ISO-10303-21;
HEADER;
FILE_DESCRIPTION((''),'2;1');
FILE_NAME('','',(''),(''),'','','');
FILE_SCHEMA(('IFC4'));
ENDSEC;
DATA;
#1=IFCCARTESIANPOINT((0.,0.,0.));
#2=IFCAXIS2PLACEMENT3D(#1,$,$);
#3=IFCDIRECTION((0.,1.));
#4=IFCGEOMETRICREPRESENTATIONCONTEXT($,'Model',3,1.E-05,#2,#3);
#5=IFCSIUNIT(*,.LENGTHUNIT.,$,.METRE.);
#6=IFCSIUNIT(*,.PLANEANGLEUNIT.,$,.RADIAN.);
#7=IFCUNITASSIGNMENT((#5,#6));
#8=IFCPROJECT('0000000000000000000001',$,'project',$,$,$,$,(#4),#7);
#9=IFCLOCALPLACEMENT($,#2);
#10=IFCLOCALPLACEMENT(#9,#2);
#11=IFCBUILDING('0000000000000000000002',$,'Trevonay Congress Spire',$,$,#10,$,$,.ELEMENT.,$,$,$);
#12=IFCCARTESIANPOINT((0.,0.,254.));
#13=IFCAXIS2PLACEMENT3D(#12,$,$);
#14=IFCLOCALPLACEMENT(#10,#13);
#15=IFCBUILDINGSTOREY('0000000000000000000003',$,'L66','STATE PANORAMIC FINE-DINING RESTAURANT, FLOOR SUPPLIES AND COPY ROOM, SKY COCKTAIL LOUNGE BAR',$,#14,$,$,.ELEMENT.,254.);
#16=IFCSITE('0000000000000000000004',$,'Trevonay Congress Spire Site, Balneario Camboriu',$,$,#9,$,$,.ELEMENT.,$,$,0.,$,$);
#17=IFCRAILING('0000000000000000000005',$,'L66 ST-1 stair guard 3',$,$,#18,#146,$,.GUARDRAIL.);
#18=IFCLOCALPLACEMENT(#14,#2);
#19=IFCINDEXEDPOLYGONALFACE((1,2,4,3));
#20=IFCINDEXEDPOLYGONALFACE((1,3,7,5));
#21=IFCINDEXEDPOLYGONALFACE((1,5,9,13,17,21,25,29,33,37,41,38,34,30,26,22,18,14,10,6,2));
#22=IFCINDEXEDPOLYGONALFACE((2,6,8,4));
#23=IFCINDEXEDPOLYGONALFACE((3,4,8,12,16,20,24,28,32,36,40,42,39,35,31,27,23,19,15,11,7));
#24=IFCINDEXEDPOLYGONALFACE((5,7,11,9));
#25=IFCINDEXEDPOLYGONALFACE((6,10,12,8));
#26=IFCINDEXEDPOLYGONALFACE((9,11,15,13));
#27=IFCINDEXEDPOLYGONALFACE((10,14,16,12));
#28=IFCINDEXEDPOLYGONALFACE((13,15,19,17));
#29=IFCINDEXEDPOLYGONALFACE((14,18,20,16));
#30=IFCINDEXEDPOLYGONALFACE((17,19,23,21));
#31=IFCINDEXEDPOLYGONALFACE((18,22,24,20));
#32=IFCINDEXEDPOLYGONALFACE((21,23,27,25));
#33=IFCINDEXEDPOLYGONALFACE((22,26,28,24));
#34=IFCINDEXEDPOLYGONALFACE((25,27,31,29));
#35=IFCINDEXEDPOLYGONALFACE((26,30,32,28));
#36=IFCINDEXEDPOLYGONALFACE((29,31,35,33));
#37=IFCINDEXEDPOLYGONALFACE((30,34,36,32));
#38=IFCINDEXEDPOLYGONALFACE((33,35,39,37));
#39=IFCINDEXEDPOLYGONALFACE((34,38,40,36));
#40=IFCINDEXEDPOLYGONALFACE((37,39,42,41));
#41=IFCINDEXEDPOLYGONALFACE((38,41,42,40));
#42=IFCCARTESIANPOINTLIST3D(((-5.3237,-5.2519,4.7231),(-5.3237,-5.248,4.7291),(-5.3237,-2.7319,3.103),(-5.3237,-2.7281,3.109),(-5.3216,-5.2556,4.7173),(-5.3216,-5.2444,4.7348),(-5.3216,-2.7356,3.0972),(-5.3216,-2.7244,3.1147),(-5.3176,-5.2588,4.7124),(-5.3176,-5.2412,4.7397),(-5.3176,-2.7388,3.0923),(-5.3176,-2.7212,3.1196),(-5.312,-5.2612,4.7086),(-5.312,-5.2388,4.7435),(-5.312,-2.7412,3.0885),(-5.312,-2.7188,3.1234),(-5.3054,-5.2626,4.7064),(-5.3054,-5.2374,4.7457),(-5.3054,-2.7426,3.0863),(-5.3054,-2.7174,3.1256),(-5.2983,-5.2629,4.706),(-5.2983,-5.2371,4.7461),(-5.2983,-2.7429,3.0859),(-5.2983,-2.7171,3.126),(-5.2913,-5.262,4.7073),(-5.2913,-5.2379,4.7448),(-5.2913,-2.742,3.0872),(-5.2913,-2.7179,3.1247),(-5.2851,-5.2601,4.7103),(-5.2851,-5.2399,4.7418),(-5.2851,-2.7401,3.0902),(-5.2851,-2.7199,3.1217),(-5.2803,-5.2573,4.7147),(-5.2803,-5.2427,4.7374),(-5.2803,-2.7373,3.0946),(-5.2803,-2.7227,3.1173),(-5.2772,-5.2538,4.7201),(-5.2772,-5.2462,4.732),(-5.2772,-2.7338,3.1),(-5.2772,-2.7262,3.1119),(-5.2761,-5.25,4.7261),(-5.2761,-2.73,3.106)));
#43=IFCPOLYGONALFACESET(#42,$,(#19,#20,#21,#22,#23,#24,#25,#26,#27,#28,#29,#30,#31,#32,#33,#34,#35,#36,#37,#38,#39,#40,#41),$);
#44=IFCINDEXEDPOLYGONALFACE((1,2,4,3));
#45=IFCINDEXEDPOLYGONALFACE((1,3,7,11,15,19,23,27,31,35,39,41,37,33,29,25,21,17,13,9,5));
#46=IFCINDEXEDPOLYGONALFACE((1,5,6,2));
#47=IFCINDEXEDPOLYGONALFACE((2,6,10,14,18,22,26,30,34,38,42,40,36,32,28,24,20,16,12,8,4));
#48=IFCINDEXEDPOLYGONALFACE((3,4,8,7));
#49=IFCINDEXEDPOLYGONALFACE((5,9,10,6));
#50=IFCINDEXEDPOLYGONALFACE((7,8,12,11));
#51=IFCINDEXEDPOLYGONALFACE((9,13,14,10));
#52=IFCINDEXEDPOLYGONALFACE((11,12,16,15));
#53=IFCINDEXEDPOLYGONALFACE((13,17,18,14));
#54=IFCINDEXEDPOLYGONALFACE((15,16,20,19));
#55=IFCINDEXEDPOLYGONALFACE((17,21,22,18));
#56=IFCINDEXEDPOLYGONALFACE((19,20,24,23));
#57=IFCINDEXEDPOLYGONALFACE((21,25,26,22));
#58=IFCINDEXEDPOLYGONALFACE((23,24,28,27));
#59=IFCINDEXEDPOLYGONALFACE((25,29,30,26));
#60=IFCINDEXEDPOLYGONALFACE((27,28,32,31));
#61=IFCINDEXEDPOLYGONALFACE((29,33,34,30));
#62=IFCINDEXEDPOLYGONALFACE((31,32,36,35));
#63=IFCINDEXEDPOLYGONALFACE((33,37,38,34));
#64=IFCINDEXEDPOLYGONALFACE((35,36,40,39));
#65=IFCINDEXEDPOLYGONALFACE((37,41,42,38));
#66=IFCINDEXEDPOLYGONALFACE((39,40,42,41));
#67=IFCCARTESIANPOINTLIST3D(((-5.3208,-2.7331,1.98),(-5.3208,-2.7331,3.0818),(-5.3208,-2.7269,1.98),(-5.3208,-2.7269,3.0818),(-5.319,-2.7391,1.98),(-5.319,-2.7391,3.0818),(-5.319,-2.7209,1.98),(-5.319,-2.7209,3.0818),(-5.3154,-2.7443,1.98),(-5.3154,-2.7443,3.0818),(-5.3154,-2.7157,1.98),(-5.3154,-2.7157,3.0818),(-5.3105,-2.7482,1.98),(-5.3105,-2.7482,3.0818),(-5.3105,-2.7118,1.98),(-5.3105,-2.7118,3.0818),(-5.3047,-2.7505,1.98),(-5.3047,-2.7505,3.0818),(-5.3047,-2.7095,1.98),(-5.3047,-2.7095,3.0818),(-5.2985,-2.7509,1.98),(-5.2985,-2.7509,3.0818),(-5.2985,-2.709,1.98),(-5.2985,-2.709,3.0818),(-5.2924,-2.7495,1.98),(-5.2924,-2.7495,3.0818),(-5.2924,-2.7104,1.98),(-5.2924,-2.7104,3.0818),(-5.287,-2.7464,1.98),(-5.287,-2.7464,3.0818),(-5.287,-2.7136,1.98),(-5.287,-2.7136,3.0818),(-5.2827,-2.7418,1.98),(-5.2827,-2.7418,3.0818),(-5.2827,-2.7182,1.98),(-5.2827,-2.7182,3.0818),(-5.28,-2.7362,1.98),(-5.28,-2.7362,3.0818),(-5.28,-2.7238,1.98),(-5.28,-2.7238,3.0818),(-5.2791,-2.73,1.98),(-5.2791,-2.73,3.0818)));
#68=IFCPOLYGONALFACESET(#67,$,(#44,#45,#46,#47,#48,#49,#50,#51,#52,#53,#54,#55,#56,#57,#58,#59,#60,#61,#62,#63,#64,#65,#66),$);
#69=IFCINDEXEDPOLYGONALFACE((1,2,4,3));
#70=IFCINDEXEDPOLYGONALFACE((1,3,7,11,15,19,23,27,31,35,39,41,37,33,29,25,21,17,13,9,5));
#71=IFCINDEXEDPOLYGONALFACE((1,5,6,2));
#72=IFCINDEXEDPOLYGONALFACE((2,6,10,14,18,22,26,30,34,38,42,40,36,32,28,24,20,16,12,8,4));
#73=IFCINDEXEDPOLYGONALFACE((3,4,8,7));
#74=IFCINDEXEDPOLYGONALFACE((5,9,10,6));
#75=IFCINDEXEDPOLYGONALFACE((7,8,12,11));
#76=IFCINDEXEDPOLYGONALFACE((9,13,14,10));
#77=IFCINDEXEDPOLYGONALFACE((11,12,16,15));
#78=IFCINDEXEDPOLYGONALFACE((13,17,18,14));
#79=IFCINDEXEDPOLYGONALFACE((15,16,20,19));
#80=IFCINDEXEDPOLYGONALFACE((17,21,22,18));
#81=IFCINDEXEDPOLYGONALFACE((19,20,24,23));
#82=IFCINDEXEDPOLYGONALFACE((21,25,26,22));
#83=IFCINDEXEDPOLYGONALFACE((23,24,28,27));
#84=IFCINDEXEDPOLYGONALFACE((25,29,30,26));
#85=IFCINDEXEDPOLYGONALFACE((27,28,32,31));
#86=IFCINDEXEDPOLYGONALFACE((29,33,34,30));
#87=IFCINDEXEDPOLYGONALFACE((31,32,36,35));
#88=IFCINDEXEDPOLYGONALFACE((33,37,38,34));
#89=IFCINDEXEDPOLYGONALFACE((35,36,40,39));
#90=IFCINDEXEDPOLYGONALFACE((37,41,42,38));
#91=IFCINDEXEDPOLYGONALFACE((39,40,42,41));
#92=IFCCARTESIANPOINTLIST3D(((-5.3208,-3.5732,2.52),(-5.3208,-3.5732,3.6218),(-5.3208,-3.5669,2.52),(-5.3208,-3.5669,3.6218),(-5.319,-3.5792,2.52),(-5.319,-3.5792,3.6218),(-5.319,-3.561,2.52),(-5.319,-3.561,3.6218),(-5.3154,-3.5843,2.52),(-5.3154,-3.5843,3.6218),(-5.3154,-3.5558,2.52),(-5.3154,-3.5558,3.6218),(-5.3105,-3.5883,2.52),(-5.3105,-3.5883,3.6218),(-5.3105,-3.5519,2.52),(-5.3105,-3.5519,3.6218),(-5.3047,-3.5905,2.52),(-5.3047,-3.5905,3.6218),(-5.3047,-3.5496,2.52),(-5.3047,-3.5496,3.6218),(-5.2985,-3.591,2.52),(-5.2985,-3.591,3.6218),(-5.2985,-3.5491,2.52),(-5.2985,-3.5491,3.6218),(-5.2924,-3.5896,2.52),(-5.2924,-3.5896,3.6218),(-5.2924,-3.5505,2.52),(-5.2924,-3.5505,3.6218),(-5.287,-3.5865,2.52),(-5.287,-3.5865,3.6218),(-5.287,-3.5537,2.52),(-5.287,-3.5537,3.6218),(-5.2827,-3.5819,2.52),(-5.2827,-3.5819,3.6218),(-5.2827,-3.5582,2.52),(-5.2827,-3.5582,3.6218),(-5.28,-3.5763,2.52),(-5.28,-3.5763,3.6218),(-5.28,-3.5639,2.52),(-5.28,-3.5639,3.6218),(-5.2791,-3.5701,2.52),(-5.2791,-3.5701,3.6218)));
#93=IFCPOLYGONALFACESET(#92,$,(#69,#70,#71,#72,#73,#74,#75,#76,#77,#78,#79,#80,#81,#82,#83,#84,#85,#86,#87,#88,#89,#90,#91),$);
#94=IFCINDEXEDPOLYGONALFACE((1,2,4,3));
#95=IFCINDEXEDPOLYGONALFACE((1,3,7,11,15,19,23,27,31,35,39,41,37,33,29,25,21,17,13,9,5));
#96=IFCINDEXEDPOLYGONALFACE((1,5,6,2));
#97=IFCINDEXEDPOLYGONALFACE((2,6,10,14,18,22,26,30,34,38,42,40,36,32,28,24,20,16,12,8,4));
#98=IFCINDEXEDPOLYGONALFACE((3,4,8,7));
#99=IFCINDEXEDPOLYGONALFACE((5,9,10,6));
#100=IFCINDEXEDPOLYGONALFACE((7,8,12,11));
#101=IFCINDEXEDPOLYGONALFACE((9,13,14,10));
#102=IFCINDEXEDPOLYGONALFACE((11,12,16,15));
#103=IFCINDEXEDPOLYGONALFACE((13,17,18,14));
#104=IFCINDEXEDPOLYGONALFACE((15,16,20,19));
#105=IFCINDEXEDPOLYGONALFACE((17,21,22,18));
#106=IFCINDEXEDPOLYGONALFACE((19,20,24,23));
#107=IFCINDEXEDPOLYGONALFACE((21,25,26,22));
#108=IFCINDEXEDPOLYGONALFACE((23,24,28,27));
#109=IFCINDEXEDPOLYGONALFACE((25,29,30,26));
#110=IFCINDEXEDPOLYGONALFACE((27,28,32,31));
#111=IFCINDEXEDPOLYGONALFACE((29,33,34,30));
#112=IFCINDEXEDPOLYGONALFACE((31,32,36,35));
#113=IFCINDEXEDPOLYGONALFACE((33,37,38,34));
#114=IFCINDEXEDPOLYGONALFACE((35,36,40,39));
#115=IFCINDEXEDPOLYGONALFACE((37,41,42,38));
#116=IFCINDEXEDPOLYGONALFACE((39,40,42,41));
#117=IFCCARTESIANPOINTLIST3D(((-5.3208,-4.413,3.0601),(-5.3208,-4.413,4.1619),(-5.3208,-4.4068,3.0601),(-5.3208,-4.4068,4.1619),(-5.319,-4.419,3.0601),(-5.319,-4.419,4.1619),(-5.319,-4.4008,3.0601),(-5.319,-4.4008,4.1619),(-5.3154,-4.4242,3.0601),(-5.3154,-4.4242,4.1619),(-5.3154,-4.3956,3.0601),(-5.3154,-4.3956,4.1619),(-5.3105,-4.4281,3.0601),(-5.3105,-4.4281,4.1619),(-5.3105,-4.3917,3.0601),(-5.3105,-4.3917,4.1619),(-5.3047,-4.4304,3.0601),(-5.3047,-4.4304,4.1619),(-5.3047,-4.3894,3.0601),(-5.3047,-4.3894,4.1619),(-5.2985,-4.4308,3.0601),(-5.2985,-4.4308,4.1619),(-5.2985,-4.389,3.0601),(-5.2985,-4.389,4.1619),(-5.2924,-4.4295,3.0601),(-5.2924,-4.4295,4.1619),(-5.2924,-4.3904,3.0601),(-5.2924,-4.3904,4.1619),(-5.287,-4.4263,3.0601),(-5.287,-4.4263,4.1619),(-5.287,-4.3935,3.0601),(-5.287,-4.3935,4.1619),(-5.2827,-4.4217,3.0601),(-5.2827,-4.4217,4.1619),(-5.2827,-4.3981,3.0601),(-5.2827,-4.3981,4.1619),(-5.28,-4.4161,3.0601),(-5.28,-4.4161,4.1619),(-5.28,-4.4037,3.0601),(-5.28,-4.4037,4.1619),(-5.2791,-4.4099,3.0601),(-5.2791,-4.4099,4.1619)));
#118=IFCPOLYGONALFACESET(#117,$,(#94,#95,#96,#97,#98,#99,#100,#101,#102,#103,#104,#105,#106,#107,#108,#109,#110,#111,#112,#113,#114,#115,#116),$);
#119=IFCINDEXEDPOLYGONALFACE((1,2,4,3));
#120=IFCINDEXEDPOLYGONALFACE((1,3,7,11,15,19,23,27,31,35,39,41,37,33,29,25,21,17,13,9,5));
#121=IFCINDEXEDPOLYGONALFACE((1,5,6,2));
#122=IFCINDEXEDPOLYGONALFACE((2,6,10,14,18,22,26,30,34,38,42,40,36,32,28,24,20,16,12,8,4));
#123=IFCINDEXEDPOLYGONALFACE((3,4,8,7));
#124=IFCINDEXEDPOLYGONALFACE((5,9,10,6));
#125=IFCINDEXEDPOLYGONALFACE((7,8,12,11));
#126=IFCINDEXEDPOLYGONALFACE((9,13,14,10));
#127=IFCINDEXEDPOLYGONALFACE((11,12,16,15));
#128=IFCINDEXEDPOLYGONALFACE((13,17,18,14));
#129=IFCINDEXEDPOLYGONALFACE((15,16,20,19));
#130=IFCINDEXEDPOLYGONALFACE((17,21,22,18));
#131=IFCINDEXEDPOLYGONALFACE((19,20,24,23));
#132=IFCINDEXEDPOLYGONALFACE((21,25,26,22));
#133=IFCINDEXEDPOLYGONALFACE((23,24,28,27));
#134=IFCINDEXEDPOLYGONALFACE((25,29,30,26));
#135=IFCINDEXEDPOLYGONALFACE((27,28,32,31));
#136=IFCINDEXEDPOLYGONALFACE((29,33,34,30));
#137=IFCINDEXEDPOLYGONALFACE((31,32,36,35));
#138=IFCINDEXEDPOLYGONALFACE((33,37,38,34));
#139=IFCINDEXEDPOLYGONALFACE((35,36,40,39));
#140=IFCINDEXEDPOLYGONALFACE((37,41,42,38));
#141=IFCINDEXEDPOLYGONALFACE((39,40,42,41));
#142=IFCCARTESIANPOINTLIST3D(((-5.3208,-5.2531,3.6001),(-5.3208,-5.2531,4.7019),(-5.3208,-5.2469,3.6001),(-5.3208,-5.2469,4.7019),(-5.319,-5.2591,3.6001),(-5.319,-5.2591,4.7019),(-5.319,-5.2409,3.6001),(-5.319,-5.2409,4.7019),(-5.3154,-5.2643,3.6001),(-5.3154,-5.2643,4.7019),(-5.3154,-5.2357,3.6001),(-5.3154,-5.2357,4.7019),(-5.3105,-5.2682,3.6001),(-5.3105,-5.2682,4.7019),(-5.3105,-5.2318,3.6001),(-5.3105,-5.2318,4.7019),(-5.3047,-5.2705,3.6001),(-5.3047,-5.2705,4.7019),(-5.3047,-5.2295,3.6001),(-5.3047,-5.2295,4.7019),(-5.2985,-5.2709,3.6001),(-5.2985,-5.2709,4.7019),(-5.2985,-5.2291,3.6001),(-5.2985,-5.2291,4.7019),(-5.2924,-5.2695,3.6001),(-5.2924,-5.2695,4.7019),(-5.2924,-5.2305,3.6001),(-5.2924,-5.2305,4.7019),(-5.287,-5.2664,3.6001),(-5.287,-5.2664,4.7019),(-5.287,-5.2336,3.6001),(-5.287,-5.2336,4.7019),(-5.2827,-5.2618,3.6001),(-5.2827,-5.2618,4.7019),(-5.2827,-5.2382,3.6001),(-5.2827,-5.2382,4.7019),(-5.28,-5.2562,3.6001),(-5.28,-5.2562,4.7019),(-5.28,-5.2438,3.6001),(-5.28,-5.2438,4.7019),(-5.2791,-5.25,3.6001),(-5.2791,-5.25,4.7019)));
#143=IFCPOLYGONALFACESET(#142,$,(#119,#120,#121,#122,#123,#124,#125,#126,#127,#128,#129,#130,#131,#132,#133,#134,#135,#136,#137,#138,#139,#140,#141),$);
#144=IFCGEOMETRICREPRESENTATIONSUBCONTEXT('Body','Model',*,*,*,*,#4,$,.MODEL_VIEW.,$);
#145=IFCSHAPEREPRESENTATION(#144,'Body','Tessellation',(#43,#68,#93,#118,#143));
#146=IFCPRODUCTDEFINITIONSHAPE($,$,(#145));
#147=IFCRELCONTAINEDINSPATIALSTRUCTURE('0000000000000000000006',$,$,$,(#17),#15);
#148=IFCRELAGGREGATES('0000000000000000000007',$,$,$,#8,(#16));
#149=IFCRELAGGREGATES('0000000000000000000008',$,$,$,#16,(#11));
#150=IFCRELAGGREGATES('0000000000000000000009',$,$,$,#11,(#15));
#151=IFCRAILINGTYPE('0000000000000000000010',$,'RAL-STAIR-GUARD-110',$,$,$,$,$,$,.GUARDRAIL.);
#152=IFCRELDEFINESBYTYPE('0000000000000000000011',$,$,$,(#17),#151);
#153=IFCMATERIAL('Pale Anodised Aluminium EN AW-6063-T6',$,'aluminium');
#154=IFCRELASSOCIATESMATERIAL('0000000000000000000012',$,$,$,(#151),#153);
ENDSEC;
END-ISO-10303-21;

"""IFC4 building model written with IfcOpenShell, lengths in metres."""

from ifc_helpers import new_model, si_unit, direction, frame, origin, origin_2d, place, context, subcontext, project, spatial, circle, extrude, material, type_object, element, save


model = new_model("IFC4")

# Units and contexts
model_context = context("Model", 3, precision=1e-05, world=origin(), true_north=direction((0.0, 1.0)))
body_context = subcontext(model_context, "Body", "Model", "MODEL_VIEW")
ifc_project = project(units=[si_unit("LENGTHUNIT", "METRE"), si_unit("PLANEANGLEUNIT", "RADIAN")], contexts=[model_context])

# Site, building, storey
site_placement = place(None, origin())
site = spatial("IfcSite", under=ifc_project, at=site_placement, Name="Trevonay Congress Spire Site, Balneario Camboriu", CompositionType="ELEMENT", RefElevation=0.0)
building_placement = place(site_placement, origin())
building = spatial("IfcBuilding", under=site, at=building_placement, Name="Trevonay Congress Spire", CompositionType="ELEMENT")
storey_placement = place(building_placement, frame((0.0, 0.0, 254.0)))
storey = spatial("IfcBuildingStorey", under=building, at=storey_placement, Name="L66", Description="STATE PANORAMIC FINE-DINING RESTAURANT, FLOOR SUPPLIES AND COPY ROOM, SKY COCKTAIL LOUNGE BAR", CompositionType="ELEMENT", Elevation=254.0)

# Railing
ifc_material_1 = material(Name="Pale Anodised Aluminium EN AW-6063-T6", Category="aluminium")
railing_type_1 = type_object("IfcRailingType", Name="RAL-STAIR-GUARD-110", PredefinedType="GUARDRAIL", material=ifc_material_1)
railing_1_placement = place(storey_placement, frame((-5.3, -2.73, 1.98)))
element("IfcRailing", 1, at=railing_1_placement, inside=storey, type_object=railing_type_1, Name="L66 ST-1 stair guard 3", PredefinedType="GUARDRAIL", context=body_context, shape_type="SweptSolid", body=[
    extrude(circle(Radius=0.0239, at=origin_2d()), frame((0.0, 0.0, 1.126), z_axis=(0.0, -0.841163, 0.540782), x_axis=(1.0, 0.0, 0.0)), (0.0, 0.0, 1.0), 2.9958),
    extrude(circle(Radius=0.021, at=origin_2d()), origin(), (0.0, 0.0, 1.0), 1.1018),
    extrude(circle(Radius=0.021, at=origin_2d()), frame((0.0, -0.8401, 0.54)), (0.0, 0.0, 1.0), 1.1018),
    extrude(circle(Radius=0.021, at=origin_2d()), frame((0.0, -1.6799, 1.0801)), (0.0, 0.0, 1.0), 1.1018),
    extrude(circle(Radius=0.021, at=origin_2d()), frame((0.0, -2.52, 1.6201)), (0.0, 0.0, 1.0), 1.1018),
])

save(model, "model.ifc")
